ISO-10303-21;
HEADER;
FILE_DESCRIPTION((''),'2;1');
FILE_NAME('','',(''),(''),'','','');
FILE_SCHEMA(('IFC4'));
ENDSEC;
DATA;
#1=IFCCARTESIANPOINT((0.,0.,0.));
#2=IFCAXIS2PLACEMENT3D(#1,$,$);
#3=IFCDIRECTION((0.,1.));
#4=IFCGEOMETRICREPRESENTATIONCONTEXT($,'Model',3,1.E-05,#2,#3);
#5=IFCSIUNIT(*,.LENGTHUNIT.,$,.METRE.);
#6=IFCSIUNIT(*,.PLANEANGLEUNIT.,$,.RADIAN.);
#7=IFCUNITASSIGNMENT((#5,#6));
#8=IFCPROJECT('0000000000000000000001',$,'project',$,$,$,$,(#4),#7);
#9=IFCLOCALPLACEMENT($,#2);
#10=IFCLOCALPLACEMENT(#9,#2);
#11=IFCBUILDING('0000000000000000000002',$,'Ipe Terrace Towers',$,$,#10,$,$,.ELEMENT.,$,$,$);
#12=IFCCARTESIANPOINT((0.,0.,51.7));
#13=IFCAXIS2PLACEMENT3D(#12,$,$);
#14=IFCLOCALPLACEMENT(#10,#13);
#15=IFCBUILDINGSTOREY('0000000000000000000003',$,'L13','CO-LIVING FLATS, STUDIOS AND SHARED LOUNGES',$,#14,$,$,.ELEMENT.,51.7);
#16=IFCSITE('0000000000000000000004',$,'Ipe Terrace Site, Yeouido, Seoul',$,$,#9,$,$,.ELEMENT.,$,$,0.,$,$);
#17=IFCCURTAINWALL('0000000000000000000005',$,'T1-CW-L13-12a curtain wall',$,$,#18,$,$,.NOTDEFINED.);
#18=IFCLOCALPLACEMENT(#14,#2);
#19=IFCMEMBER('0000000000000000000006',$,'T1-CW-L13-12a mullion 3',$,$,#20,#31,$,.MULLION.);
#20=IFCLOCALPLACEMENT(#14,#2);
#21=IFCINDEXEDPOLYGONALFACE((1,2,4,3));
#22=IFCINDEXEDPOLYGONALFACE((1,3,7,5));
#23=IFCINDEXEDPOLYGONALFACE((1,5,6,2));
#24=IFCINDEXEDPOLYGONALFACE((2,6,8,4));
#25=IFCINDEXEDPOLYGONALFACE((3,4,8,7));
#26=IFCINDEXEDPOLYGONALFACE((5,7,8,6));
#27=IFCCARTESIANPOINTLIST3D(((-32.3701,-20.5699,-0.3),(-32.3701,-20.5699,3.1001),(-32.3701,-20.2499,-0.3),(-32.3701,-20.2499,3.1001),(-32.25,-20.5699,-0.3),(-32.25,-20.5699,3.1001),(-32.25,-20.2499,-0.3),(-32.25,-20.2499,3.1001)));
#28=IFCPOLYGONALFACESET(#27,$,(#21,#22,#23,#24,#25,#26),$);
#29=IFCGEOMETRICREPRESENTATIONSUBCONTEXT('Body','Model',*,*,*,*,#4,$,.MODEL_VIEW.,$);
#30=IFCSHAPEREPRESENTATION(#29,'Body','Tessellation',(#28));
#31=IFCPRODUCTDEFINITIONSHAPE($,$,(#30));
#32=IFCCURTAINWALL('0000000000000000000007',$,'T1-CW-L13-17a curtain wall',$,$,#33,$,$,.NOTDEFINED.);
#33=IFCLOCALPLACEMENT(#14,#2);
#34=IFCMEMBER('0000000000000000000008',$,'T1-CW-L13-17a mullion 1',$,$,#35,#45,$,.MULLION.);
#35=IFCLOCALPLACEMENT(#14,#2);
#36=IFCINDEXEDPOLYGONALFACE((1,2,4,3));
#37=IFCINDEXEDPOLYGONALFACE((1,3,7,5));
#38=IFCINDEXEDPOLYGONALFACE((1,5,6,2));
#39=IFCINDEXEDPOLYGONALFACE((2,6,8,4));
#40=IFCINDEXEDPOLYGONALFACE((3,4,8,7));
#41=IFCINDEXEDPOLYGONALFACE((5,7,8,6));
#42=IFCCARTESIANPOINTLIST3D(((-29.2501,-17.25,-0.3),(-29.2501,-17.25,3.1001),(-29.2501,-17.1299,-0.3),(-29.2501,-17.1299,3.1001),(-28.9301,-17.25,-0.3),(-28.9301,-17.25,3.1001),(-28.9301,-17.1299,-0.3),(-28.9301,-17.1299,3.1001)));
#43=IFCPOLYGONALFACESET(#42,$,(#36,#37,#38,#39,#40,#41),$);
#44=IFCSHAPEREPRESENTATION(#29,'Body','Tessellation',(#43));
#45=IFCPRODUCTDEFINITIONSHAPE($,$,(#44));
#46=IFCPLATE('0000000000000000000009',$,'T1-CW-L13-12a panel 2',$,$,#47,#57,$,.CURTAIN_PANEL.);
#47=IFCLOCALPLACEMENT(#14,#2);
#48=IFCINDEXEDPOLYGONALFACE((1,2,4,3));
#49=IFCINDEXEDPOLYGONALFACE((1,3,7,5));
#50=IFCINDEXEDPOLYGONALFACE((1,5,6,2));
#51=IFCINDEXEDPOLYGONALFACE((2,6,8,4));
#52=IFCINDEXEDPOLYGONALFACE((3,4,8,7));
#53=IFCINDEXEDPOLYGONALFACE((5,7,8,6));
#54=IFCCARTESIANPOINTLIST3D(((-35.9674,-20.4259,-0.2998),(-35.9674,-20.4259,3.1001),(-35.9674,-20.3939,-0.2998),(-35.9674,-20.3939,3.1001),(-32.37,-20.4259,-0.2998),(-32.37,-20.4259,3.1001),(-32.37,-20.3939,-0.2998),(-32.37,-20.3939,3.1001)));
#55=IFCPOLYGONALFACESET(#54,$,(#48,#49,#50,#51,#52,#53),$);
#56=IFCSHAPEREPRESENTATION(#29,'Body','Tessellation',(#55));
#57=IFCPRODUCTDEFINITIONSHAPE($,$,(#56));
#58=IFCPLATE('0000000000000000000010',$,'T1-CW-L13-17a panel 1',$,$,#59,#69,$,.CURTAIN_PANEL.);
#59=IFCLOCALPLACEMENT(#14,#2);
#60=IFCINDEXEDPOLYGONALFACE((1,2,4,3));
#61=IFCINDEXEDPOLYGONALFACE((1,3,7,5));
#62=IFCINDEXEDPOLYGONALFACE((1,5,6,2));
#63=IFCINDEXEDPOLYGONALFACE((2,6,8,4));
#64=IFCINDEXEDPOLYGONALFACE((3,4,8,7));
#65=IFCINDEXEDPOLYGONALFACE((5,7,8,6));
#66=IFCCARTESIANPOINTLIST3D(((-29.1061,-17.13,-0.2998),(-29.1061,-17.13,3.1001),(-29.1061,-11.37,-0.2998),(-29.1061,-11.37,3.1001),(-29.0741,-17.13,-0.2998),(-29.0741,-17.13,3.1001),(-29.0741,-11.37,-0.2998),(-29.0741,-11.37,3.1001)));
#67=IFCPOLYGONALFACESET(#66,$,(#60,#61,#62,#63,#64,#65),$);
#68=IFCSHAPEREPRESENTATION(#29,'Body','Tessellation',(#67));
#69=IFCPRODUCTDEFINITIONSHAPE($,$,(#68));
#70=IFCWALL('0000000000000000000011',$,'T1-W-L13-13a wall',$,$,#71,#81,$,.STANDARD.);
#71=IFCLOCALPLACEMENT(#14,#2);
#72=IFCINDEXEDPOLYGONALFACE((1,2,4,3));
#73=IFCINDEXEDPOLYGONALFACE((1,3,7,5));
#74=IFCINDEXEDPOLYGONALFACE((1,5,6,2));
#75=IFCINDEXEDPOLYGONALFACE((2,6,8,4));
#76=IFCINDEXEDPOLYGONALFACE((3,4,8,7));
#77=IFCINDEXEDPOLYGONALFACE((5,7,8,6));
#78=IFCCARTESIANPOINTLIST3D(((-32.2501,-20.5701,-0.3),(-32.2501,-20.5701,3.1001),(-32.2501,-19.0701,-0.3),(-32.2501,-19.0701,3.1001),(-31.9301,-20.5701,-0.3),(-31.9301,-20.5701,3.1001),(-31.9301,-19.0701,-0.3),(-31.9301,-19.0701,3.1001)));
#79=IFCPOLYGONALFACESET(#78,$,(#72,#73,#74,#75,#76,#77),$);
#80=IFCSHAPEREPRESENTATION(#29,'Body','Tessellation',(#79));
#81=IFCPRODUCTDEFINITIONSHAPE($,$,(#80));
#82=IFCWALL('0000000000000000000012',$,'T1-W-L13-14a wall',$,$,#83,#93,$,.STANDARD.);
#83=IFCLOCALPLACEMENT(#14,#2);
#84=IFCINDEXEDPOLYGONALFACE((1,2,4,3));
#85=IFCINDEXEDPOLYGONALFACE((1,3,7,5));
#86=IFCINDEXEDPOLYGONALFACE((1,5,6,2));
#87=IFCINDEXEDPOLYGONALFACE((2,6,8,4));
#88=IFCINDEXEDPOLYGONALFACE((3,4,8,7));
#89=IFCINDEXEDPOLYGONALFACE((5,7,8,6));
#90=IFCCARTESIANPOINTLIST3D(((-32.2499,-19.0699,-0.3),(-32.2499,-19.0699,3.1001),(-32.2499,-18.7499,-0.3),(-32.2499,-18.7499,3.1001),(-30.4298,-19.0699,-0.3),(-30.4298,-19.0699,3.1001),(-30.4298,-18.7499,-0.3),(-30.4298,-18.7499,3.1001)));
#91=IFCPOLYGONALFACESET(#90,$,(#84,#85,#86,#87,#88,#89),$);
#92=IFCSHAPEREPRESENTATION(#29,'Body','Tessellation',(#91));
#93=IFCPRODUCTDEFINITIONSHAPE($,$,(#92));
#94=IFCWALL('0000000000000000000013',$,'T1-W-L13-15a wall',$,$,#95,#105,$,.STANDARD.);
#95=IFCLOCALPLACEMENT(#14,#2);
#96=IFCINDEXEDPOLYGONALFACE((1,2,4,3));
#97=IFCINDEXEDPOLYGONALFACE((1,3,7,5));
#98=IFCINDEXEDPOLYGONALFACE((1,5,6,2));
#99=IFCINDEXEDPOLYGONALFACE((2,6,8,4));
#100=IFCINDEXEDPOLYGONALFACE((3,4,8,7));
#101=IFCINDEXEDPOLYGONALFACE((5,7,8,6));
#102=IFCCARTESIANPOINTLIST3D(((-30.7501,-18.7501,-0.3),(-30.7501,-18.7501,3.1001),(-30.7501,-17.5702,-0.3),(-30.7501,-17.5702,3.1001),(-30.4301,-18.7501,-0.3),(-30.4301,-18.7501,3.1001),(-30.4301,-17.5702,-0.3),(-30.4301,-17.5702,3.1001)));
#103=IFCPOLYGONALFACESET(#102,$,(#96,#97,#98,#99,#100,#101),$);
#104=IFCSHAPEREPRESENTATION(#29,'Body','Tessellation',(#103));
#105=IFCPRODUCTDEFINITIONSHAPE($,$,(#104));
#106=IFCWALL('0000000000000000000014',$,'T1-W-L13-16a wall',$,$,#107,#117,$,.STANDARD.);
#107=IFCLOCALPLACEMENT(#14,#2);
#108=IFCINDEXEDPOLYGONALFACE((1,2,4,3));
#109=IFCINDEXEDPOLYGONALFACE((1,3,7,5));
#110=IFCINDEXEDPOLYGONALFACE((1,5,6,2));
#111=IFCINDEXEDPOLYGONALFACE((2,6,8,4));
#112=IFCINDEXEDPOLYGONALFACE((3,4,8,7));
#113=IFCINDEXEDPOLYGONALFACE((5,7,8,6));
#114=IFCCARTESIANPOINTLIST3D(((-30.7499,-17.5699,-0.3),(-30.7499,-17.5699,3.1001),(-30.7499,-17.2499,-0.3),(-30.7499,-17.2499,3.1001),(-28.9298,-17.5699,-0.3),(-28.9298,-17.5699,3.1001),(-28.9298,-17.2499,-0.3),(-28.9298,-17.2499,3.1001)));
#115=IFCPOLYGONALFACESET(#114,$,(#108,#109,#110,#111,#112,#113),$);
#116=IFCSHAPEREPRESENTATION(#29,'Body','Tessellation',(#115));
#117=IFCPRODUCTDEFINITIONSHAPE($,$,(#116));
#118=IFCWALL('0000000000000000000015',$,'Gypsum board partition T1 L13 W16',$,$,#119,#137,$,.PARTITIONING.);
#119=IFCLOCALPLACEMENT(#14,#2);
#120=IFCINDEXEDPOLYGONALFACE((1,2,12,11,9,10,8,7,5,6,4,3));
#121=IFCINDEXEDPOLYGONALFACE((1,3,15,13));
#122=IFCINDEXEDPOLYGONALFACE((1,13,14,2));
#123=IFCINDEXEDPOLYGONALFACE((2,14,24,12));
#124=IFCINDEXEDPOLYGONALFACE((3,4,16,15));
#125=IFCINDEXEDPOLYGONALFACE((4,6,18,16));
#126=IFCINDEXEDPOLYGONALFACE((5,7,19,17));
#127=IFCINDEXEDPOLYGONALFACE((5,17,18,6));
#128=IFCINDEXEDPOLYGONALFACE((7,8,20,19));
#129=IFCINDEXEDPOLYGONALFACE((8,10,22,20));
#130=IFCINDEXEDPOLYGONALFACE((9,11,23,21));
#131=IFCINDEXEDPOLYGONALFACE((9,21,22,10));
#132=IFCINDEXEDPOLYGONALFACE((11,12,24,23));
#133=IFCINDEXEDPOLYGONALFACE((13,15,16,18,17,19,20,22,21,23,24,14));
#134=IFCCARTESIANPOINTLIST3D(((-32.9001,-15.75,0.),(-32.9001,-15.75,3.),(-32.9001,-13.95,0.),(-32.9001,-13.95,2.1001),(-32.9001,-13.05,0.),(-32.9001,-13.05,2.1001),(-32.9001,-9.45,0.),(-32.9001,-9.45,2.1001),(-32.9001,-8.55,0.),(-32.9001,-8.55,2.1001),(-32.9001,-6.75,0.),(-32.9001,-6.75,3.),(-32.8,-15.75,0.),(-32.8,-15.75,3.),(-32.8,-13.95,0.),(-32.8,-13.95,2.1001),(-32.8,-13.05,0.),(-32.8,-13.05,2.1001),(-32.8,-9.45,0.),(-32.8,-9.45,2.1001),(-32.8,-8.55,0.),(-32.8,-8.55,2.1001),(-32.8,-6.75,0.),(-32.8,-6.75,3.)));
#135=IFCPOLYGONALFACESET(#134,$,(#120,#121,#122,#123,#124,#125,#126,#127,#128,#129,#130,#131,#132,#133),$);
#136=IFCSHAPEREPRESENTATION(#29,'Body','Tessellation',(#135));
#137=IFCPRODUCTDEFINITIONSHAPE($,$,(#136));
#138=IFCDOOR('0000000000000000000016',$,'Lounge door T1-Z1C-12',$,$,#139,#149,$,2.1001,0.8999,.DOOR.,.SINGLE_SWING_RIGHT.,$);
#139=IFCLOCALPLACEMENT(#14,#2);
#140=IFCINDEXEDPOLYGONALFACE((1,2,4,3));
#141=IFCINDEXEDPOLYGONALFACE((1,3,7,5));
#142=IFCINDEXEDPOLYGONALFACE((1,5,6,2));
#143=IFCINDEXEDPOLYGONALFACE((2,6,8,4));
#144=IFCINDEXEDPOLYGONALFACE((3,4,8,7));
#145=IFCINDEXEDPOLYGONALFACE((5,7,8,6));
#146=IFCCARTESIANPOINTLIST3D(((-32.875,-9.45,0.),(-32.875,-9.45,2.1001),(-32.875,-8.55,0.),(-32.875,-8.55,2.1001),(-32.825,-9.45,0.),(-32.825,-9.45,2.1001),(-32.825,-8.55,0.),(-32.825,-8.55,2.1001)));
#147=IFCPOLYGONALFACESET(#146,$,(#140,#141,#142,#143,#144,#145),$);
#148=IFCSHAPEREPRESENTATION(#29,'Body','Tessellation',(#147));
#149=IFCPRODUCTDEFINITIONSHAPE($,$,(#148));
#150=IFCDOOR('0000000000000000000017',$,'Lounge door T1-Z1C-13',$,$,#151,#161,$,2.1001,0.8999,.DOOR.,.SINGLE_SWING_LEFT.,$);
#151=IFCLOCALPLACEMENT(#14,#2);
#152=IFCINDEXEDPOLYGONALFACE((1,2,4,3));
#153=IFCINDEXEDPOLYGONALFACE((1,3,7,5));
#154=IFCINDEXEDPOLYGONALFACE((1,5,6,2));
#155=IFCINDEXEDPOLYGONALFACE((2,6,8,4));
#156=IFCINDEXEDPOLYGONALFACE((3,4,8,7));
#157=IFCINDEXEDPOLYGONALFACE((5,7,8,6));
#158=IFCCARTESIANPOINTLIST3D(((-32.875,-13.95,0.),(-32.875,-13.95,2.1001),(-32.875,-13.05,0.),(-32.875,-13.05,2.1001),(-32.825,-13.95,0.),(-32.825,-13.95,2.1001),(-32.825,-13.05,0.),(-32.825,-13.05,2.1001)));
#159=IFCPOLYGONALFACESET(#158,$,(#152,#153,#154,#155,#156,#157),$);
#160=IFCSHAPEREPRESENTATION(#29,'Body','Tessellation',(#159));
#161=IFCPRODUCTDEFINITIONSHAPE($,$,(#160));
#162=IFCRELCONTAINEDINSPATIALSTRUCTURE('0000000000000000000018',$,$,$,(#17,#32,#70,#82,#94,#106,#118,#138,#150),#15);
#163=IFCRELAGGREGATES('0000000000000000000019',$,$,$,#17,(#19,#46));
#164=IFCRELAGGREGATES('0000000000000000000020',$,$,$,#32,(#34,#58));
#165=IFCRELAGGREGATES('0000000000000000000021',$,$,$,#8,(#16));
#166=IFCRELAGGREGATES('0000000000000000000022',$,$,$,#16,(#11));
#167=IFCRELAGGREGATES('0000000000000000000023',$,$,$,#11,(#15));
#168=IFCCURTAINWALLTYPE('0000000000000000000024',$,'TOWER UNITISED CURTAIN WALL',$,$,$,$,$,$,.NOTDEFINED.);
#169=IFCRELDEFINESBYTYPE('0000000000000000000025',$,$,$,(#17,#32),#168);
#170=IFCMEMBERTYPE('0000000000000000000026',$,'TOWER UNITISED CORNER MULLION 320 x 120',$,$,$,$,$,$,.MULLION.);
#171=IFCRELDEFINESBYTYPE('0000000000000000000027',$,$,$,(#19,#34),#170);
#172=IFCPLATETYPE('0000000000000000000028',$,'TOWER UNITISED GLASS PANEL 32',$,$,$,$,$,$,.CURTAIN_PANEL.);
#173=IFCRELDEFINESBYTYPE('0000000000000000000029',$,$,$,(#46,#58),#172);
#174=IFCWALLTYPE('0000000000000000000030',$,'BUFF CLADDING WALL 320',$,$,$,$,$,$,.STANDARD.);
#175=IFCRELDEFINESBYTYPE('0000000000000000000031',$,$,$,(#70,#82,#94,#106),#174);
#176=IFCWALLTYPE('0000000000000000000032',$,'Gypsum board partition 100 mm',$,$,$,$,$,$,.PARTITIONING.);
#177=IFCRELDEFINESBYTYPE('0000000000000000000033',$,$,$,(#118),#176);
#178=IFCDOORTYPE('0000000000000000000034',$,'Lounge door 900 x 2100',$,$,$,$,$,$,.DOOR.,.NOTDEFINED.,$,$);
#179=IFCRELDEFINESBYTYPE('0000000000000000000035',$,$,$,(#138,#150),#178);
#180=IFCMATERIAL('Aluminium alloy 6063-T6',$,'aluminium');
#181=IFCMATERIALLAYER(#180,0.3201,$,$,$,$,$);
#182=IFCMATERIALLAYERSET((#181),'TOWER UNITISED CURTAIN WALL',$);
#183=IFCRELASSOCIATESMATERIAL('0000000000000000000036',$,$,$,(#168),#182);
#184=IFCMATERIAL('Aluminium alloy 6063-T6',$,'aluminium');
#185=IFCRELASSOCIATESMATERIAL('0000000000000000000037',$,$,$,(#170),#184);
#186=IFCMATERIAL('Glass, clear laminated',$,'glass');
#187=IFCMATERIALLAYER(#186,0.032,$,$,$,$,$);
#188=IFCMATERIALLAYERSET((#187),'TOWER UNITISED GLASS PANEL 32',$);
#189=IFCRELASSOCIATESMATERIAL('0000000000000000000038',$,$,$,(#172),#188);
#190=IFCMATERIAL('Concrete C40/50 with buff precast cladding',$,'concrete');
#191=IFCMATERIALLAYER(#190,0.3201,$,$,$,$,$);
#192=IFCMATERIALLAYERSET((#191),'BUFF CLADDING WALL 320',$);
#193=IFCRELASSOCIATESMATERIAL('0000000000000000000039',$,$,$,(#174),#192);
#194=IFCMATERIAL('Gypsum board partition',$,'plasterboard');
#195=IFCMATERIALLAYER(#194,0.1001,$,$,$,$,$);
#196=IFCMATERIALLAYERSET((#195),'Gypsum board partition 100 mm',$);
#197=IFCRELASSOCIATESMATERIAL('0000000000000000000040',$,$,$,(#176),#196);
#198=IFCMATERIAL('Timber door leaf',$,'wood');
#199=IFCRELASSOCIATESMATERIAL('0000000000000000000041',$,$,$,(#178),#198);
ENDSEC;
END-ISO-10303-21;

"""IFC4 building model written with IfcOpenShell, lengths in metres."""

from ifc_helpers import new_model, si_unit, direction, frame, frame_2d, origin, origin_2d, place, context, subcontext, project, spatial, rectangle, extrude, material, layer, layer_set, material_profile, profile_set, type_object, element, fill, aggregate, save


model = new_model("IFC4")

# Units and contexts
model_context = context("Model", 3, precision=1e-05, world=origin(), true_north=direction((0.0, 1.0)))
body_context = subcontext(model_context, "Body", "Model", "MODEL_VIEW")
ifc_project = project(units=[si_unit("LENGTHUNIT", "METRE"), si_unit("PLANEANGLEUNIT", "RADIAN")], contexts=[model_context])

# Site, building, storey
site_placement = place(None, origin())
site = spatial("IfcSite", under=ifc_project, at=site_placement, Name="Ipe Terrace Site, Yeouido, Seoul", CompositionType="ELEMENT", RefElevation=0.0)
building_placement = place(site_placement, origin())
building = spatial("IfcBuilding", under=site, at=building_placement, Name="Ipe Terrace Towers", CompositionType="ELEMENT")
storey_placement = place(building_placement, frame((0.0, 0.0, 51.7)))
storey = spatial("IfcBuildingStorey", under=building, at=storey_placement, Name="L13", Description="CO-LIVING FLATS, STUDIOS AND SHARED LOUNGES", CompositionType="ELEMENT", Elevation=51.7)

# Curtain walls, members
ifc_material_1 = material(Name="Aluminium alloy 6063-T6", Category="aluminium")
ifc_layer_1 = layer(ifc_material_1, 0.3201)
ifc_layer_set_1 = layer_set([ifc_layer_1], Name="TOWER UNITISED CURTAIN WALL")
curtain_wall_type = type_object("IfcCurtainWallType", Name="TOWER UNITISED CURTAIN WALL", PredefinedType="NOTDEFINED", material=ifc_layer_set_1)
curtain_wall_1_placement = place(storey_placement, origin())
curtain_wall_1 = element("IfcCurtainWall", 1, at=curtain_wall_1_placement, inside=storey, type_object=curtain_wall_type, Name="T1-CW-L13-12a curtain wall", PredefinedType="NOTDEFINED")
ifc_material_2 = material(Name="Aluminium alloy 6063-T6", Category="aluminium")
ifc_material_profile_1 = material_profile(ifc_material_2, rectangle(XDim=0.3201, YDim=0.1201, at=origin_2d()), Name="TOWER UNITISED CORNER MULLION 320 x 120")
ifc_profile_set_1 = profile_set([ifc_material_profile_1], Name="Aluminium alloy 6063-T6")
member_type = type_object("IfcMemberType", Name="TOWER UNITISED CORNER MULLION 320 x 120", PredefinedType="MULLION", material=ifc_profile_set_1)
member_1_placement = place(storey_placement, frame((-32.3101, -20.4099, -0.3), z_axis=(0.0, 0.0, 1.0), x_axis=(0.0, -1.0, 0.0)))
member_1 = element("IfcMember", 2, at=member_1_placement, type_object=member_type, Name="T1-CW-L13-12a mullion 3", PredefinedType="MULLION", context=body_context, shape_type="SweptSolid", body=[
    extrude(rectangle(XDim=0.3201, YDim=0.1201, at=origin_2d()), origin(), (0.0, 0.0, 1.0), 3.4001),
])
curtain_wall_2_placement = place(storey_placement, origin())
curtain_wall_2 = element("IfcCurtainWall", 3, at=curtain_wall_2_placement, inside=storey, type_object=curtain_wall_type, Name="T1-CW-L13-17a curtain wall", PredefinedType="NOTDEFINED")
member_2_placement = place(storey_placement, frame((-29.0901, -17.1899, -0.3), z_axis=(0.0, 0.0, 1.0), x_axis=(1.0, 0.0, 0.0)))
member_2 = element("IfcMember", 4, at=member_2_placement, type_object=member_type, Name="T1-CW-L13-17a mullion 1", PredefinedType="MULLION", context=body_context, shape_type="SweptSolid", body=[
    extrude(rectangle(XDim=0.3201, YDim=0.1201, at=origin_2d()), origin(), (0.0, 0.0, 1.0), 3.4001),
])

# Plates
ifc_material_3 = material(Name="Glass, clear laminated", Category="glass")
ifc_layer_2 = layer(ifc_material_3, 0.032)
ifc_layer_set_2 = layer_set([ifc_layer_2], Name="TOWER UNITISED GLASS PANEL 32")
plate_type = type_object("IfcPlateType", Name="TOWER UNITISED GLASS PANEL 32", PredefinedType="CURTAIN_PANEL", material=ifc_layer_set_2)
plate_1_placement = place(storey_placement, frame((-34.1687, -20.4099, -0.2998), z_axis=(0.0, 0.0, 1.0), x_axis=(1.0, 0.0, 0.0)))
plate_1 = element("IfcPlate", 5, at=plate_1_placement, type_object=plate_type, Name="T1-CW-L13-12a panel 2", PredefinedType="CURTAIN_PANEL", context=body_context, shape_type="SweptSolid", body=[
    extrude(rectangle(XDim=3.5974, YDim=0.032, at=origin_2d()), origin(), (0.0, 0.0, 1.0), 3.3999),
])
aggregate(curtain_wall_1, [member_1, plate_1])
plate_2_placement = place(storey_placement, frame((-29.0901, -14.25, -0.2998), z_axis=(0.0, 0.0, 1.0), x_axis=(0.0, 1.0, 0.0)))
plate_2 = element("IfcPlate", 6, at=plate_2_placement, type_object=plate_type, Name="T1-CW-L13-17a panel 1", PredefinedType="CURTAIN_PANEL", context=body_context, shape_type="SweptSolid", body=[
    extrude(rectangle(XDim=5.76, YDim=0.032, at=origin_2d()), origin(), (0.0, 0.0, 1.0), 3.3999),
])
aggregate(curtain_wall_2, [member_2, plate_2])

# Walls
ifc_material_4 = material(Name="Concrete C40/50 with buff precast cladding", Category="concrete")
ifc_layer_3 = layer(ifc_material_4, 0.3201)
ifc_layer_set_3 = layer_set([ifc_layer_3], Name="BUFF CLADDING WALL 320")
wall_type_1 = type_object("IfcWallType", Name="BUFF CLADDING WALL 320", PredefinedType="STANDARD", material=ifc_layer_set_3)
wall_1_placement = place(storey_placement, frame((-32.0901, -20.5701, -0.3), z_axis=(0.0, 0.0, 1.0), x_axis=(0.0, 1.0, 0.0)))
element("IfcWall", 7, at=wall_1_placement, inside=storey, type_object=wall_type_1, Name="T1-W-L13-13a wall", PredefinedType="STANDARD", context=body_context, shape_type="SweptSolid", body=[
    extrude(rectangle(XDim=1.5, YDim=0.3201, at=frame_2d((0.75, 0.0))), origin(), (0.0, 0.0, 1.0), 3.4001),
])
wall_2_placement = place(storey_placement, frame((-32.25, -18.9099, -0.3), z_axis=(0.0, 0.0, 1.0), x_axis=(1.0, 0.0, 0.0)))
element("IfcWall", 8, at=wall_2_placement, inside=storey, type_object=wall_type_1, Name="T1-W-L13-14a wall", PredefinedType="STANDARD", context=body_context, shape_type="SweptSolid", body=[
    extrude(rectangle(XDim=1.8201, YDim=0.3201, at=frame_2d((0.9102, 0.0))), origin(), (0.0, 0.0, 1.0), 3.4001),
])
wall_3_placement = place(storey_placement, frame((-30.5901, -18.75, -0.3), z_axis=(0.0, 0.0, 1.0), x_axis=(0.0, 1.0, 0.0)))
element("IfcWall", 9, at=wall_3_placement, inside=storey, type_object=wall_type_1, Name="T1-W-L13-15a wall", PredefinedType="STANDARD", context=body_context, shape_type="SweptSolid", body=[
    extrude(rectangle(XDim=1.1799, YDim=0.3201, at=frame_2d((0.5898, 0.0))), origin(), (0.0, 0.0, 1.0), 3.4001),
])
wall_4_placement = place(storey_placement, frame((-30.75, -17.4099, -0.3), z_axis=(0.0, 0.0, 1.0), x_axis=(1.0, 0.0, 0.0)))
element("IfcWall", 10, at=wall_4_placement, inside=storey, type_object=wall_type_1, Name="T1-W-L13-16a wall", PredefinedType="STANDARD", context=body_context, shape_type="SweptSolid", body=[
    extrude(rectangle(XDim=1.8201, YDim=0.3201, at=frame_2d((0.9102, 0.0))), origin(), (0.0, 0.0, 1.0), 3.4001),
])

# Wall, openings, doors
ifc_material_5 = material(Name="Gypsum board partition", Category="plasterboard")
ifc_layer_4 = layer(ifc_material_5, 0.1001)
ifc_layer_set_4 = layer_set([ifc_layer_4], Name="Gypsum board partition 100 mm")
wall_type_2 = type_object("IfcWallType", Name="Gypsum board partition 100 mm", PredefinedType="PARTITIONING", material=ifc_layer_set_4)
wall_5_placement = place(storey_placement, frame((-32.8501, -15.75, 0.0), z_axis=(0.0, 0.0, 1.0), x_axis=(0.0, 1.0, 0.0)))
wall_5 = element("IfcWall", 11, at=wall_5_placement, inside=storey, type_object=wall_type_2, Name="Gypsum board partition T1 L13 W16", PredefinedType="PARTITIONING", context=body_context, shape_type="SweptSolid", body=[
    extrude(rectangle(XDim=9.0, YDim=0.1001, at=frame_2d((4.5, 0.0))), origin(), (0.0, 0.0, 1.0), 3.0),
])
opening_1_placement = place(wall_5_placement, frame((6.3, 0.0, 0.0)))
opening_1 = element("IfcOpeningElement", 12, at=opening_1_placement, cuts=wall_5, PredefinedType="OPENING", context=body_context, shape_type="SweptSolid", body=[
    extrude(rectangle(XDim=0.8999, YDim=2.1001, at=frame_2d((0.45, 1.05))), frame((0.0, 0.0601, 0.0), z_axis=(0.0, -1.0, 0.0), x_axis=(1.0, 0.0, 0.0)), (0.0, 0.0, 1.0), 0.1201),
])
opening_2_placement = place(wall_5_placement, frame((1.8, 0.0, 0.0)))
opening_2 = element("IfcOpeningElement", 13, at=opening_2_placement, cuts=wall_5, PredefinedType="OPENING", context=body_context, shape_type="SweptSolid", body=[
    extrude(rectangle(XDim=0.8999, YDim=2.1001, at=frame_2d((0.45, 1.05))), frame((0.0, 0.0601, 0.0), z_axis=(0.0, -1.0, 0.0), x_axis=(1.0, 0.0, 0.0)), (0.0, 0.0, 1.0), 0.1201),
])
ifc_material_6 = material(Name="Timber door leaf", Category="wood")
door_type_1 = type_object("IfcDoorType", Name="Lounge door 900 x 2100", OperationType="NOTDEFINED", PredefinedType="DOOR", material=ifc_material_6)
door_1_placement = place(opening_1_placement, origin())
door_1 = element("IfcDoor", 14, at=door_1_placement, inside=storey, type_object=door_type_1, Name="Lounge door T1-Z1C-12", OperationType="SINGLE_SWING_RIGHT", OverallHeight=2.1001, OverallWidth=0.8999, PredefinedType="DOOR", context=body_context, shape_type="SweptSolid", body=[
    extrude(rectangle(XDim=0.8999, YDim=2.1001, at=frame_2d((0.45, 1.05))), frame((0.0, 0.0249, 0.0), z_axis=(0.0, -1.0, 0.0), x_axis=(1.0, 0.0, 0.0)), (0.0, 0.0, 1.0), 0.05),
])
fill(opening_1, door_1)
door_2_placement = place(opening_2_placement, origin())
door_2 = element("IfcDoor", 15, at=door_2_placement, inside=storey, type_object=door_type_1, Name="Lounge door T1-Z1C-13", OperationType="SINGLE_SWING_LEFT", OverallHeight=2.1001, OverallWidth=0.8999, PredefinedType="DOOR", context=body_context, shape_type="SweptSolid", body=[
    extrude(rectangle(XDim=0.8999, YDim=2.1001, at=frame_2d((0.45, 1.05))), frame((0.0, 0.0249, 0.0), z_axis=(0.0, -1.0, 0.0), x_axis=(1.0, 0.0, 0.0)), (0.0, 0.0, 1.0), 0.05),
])
fill(opening_2, door_2)

save(model, "model.ifc")
